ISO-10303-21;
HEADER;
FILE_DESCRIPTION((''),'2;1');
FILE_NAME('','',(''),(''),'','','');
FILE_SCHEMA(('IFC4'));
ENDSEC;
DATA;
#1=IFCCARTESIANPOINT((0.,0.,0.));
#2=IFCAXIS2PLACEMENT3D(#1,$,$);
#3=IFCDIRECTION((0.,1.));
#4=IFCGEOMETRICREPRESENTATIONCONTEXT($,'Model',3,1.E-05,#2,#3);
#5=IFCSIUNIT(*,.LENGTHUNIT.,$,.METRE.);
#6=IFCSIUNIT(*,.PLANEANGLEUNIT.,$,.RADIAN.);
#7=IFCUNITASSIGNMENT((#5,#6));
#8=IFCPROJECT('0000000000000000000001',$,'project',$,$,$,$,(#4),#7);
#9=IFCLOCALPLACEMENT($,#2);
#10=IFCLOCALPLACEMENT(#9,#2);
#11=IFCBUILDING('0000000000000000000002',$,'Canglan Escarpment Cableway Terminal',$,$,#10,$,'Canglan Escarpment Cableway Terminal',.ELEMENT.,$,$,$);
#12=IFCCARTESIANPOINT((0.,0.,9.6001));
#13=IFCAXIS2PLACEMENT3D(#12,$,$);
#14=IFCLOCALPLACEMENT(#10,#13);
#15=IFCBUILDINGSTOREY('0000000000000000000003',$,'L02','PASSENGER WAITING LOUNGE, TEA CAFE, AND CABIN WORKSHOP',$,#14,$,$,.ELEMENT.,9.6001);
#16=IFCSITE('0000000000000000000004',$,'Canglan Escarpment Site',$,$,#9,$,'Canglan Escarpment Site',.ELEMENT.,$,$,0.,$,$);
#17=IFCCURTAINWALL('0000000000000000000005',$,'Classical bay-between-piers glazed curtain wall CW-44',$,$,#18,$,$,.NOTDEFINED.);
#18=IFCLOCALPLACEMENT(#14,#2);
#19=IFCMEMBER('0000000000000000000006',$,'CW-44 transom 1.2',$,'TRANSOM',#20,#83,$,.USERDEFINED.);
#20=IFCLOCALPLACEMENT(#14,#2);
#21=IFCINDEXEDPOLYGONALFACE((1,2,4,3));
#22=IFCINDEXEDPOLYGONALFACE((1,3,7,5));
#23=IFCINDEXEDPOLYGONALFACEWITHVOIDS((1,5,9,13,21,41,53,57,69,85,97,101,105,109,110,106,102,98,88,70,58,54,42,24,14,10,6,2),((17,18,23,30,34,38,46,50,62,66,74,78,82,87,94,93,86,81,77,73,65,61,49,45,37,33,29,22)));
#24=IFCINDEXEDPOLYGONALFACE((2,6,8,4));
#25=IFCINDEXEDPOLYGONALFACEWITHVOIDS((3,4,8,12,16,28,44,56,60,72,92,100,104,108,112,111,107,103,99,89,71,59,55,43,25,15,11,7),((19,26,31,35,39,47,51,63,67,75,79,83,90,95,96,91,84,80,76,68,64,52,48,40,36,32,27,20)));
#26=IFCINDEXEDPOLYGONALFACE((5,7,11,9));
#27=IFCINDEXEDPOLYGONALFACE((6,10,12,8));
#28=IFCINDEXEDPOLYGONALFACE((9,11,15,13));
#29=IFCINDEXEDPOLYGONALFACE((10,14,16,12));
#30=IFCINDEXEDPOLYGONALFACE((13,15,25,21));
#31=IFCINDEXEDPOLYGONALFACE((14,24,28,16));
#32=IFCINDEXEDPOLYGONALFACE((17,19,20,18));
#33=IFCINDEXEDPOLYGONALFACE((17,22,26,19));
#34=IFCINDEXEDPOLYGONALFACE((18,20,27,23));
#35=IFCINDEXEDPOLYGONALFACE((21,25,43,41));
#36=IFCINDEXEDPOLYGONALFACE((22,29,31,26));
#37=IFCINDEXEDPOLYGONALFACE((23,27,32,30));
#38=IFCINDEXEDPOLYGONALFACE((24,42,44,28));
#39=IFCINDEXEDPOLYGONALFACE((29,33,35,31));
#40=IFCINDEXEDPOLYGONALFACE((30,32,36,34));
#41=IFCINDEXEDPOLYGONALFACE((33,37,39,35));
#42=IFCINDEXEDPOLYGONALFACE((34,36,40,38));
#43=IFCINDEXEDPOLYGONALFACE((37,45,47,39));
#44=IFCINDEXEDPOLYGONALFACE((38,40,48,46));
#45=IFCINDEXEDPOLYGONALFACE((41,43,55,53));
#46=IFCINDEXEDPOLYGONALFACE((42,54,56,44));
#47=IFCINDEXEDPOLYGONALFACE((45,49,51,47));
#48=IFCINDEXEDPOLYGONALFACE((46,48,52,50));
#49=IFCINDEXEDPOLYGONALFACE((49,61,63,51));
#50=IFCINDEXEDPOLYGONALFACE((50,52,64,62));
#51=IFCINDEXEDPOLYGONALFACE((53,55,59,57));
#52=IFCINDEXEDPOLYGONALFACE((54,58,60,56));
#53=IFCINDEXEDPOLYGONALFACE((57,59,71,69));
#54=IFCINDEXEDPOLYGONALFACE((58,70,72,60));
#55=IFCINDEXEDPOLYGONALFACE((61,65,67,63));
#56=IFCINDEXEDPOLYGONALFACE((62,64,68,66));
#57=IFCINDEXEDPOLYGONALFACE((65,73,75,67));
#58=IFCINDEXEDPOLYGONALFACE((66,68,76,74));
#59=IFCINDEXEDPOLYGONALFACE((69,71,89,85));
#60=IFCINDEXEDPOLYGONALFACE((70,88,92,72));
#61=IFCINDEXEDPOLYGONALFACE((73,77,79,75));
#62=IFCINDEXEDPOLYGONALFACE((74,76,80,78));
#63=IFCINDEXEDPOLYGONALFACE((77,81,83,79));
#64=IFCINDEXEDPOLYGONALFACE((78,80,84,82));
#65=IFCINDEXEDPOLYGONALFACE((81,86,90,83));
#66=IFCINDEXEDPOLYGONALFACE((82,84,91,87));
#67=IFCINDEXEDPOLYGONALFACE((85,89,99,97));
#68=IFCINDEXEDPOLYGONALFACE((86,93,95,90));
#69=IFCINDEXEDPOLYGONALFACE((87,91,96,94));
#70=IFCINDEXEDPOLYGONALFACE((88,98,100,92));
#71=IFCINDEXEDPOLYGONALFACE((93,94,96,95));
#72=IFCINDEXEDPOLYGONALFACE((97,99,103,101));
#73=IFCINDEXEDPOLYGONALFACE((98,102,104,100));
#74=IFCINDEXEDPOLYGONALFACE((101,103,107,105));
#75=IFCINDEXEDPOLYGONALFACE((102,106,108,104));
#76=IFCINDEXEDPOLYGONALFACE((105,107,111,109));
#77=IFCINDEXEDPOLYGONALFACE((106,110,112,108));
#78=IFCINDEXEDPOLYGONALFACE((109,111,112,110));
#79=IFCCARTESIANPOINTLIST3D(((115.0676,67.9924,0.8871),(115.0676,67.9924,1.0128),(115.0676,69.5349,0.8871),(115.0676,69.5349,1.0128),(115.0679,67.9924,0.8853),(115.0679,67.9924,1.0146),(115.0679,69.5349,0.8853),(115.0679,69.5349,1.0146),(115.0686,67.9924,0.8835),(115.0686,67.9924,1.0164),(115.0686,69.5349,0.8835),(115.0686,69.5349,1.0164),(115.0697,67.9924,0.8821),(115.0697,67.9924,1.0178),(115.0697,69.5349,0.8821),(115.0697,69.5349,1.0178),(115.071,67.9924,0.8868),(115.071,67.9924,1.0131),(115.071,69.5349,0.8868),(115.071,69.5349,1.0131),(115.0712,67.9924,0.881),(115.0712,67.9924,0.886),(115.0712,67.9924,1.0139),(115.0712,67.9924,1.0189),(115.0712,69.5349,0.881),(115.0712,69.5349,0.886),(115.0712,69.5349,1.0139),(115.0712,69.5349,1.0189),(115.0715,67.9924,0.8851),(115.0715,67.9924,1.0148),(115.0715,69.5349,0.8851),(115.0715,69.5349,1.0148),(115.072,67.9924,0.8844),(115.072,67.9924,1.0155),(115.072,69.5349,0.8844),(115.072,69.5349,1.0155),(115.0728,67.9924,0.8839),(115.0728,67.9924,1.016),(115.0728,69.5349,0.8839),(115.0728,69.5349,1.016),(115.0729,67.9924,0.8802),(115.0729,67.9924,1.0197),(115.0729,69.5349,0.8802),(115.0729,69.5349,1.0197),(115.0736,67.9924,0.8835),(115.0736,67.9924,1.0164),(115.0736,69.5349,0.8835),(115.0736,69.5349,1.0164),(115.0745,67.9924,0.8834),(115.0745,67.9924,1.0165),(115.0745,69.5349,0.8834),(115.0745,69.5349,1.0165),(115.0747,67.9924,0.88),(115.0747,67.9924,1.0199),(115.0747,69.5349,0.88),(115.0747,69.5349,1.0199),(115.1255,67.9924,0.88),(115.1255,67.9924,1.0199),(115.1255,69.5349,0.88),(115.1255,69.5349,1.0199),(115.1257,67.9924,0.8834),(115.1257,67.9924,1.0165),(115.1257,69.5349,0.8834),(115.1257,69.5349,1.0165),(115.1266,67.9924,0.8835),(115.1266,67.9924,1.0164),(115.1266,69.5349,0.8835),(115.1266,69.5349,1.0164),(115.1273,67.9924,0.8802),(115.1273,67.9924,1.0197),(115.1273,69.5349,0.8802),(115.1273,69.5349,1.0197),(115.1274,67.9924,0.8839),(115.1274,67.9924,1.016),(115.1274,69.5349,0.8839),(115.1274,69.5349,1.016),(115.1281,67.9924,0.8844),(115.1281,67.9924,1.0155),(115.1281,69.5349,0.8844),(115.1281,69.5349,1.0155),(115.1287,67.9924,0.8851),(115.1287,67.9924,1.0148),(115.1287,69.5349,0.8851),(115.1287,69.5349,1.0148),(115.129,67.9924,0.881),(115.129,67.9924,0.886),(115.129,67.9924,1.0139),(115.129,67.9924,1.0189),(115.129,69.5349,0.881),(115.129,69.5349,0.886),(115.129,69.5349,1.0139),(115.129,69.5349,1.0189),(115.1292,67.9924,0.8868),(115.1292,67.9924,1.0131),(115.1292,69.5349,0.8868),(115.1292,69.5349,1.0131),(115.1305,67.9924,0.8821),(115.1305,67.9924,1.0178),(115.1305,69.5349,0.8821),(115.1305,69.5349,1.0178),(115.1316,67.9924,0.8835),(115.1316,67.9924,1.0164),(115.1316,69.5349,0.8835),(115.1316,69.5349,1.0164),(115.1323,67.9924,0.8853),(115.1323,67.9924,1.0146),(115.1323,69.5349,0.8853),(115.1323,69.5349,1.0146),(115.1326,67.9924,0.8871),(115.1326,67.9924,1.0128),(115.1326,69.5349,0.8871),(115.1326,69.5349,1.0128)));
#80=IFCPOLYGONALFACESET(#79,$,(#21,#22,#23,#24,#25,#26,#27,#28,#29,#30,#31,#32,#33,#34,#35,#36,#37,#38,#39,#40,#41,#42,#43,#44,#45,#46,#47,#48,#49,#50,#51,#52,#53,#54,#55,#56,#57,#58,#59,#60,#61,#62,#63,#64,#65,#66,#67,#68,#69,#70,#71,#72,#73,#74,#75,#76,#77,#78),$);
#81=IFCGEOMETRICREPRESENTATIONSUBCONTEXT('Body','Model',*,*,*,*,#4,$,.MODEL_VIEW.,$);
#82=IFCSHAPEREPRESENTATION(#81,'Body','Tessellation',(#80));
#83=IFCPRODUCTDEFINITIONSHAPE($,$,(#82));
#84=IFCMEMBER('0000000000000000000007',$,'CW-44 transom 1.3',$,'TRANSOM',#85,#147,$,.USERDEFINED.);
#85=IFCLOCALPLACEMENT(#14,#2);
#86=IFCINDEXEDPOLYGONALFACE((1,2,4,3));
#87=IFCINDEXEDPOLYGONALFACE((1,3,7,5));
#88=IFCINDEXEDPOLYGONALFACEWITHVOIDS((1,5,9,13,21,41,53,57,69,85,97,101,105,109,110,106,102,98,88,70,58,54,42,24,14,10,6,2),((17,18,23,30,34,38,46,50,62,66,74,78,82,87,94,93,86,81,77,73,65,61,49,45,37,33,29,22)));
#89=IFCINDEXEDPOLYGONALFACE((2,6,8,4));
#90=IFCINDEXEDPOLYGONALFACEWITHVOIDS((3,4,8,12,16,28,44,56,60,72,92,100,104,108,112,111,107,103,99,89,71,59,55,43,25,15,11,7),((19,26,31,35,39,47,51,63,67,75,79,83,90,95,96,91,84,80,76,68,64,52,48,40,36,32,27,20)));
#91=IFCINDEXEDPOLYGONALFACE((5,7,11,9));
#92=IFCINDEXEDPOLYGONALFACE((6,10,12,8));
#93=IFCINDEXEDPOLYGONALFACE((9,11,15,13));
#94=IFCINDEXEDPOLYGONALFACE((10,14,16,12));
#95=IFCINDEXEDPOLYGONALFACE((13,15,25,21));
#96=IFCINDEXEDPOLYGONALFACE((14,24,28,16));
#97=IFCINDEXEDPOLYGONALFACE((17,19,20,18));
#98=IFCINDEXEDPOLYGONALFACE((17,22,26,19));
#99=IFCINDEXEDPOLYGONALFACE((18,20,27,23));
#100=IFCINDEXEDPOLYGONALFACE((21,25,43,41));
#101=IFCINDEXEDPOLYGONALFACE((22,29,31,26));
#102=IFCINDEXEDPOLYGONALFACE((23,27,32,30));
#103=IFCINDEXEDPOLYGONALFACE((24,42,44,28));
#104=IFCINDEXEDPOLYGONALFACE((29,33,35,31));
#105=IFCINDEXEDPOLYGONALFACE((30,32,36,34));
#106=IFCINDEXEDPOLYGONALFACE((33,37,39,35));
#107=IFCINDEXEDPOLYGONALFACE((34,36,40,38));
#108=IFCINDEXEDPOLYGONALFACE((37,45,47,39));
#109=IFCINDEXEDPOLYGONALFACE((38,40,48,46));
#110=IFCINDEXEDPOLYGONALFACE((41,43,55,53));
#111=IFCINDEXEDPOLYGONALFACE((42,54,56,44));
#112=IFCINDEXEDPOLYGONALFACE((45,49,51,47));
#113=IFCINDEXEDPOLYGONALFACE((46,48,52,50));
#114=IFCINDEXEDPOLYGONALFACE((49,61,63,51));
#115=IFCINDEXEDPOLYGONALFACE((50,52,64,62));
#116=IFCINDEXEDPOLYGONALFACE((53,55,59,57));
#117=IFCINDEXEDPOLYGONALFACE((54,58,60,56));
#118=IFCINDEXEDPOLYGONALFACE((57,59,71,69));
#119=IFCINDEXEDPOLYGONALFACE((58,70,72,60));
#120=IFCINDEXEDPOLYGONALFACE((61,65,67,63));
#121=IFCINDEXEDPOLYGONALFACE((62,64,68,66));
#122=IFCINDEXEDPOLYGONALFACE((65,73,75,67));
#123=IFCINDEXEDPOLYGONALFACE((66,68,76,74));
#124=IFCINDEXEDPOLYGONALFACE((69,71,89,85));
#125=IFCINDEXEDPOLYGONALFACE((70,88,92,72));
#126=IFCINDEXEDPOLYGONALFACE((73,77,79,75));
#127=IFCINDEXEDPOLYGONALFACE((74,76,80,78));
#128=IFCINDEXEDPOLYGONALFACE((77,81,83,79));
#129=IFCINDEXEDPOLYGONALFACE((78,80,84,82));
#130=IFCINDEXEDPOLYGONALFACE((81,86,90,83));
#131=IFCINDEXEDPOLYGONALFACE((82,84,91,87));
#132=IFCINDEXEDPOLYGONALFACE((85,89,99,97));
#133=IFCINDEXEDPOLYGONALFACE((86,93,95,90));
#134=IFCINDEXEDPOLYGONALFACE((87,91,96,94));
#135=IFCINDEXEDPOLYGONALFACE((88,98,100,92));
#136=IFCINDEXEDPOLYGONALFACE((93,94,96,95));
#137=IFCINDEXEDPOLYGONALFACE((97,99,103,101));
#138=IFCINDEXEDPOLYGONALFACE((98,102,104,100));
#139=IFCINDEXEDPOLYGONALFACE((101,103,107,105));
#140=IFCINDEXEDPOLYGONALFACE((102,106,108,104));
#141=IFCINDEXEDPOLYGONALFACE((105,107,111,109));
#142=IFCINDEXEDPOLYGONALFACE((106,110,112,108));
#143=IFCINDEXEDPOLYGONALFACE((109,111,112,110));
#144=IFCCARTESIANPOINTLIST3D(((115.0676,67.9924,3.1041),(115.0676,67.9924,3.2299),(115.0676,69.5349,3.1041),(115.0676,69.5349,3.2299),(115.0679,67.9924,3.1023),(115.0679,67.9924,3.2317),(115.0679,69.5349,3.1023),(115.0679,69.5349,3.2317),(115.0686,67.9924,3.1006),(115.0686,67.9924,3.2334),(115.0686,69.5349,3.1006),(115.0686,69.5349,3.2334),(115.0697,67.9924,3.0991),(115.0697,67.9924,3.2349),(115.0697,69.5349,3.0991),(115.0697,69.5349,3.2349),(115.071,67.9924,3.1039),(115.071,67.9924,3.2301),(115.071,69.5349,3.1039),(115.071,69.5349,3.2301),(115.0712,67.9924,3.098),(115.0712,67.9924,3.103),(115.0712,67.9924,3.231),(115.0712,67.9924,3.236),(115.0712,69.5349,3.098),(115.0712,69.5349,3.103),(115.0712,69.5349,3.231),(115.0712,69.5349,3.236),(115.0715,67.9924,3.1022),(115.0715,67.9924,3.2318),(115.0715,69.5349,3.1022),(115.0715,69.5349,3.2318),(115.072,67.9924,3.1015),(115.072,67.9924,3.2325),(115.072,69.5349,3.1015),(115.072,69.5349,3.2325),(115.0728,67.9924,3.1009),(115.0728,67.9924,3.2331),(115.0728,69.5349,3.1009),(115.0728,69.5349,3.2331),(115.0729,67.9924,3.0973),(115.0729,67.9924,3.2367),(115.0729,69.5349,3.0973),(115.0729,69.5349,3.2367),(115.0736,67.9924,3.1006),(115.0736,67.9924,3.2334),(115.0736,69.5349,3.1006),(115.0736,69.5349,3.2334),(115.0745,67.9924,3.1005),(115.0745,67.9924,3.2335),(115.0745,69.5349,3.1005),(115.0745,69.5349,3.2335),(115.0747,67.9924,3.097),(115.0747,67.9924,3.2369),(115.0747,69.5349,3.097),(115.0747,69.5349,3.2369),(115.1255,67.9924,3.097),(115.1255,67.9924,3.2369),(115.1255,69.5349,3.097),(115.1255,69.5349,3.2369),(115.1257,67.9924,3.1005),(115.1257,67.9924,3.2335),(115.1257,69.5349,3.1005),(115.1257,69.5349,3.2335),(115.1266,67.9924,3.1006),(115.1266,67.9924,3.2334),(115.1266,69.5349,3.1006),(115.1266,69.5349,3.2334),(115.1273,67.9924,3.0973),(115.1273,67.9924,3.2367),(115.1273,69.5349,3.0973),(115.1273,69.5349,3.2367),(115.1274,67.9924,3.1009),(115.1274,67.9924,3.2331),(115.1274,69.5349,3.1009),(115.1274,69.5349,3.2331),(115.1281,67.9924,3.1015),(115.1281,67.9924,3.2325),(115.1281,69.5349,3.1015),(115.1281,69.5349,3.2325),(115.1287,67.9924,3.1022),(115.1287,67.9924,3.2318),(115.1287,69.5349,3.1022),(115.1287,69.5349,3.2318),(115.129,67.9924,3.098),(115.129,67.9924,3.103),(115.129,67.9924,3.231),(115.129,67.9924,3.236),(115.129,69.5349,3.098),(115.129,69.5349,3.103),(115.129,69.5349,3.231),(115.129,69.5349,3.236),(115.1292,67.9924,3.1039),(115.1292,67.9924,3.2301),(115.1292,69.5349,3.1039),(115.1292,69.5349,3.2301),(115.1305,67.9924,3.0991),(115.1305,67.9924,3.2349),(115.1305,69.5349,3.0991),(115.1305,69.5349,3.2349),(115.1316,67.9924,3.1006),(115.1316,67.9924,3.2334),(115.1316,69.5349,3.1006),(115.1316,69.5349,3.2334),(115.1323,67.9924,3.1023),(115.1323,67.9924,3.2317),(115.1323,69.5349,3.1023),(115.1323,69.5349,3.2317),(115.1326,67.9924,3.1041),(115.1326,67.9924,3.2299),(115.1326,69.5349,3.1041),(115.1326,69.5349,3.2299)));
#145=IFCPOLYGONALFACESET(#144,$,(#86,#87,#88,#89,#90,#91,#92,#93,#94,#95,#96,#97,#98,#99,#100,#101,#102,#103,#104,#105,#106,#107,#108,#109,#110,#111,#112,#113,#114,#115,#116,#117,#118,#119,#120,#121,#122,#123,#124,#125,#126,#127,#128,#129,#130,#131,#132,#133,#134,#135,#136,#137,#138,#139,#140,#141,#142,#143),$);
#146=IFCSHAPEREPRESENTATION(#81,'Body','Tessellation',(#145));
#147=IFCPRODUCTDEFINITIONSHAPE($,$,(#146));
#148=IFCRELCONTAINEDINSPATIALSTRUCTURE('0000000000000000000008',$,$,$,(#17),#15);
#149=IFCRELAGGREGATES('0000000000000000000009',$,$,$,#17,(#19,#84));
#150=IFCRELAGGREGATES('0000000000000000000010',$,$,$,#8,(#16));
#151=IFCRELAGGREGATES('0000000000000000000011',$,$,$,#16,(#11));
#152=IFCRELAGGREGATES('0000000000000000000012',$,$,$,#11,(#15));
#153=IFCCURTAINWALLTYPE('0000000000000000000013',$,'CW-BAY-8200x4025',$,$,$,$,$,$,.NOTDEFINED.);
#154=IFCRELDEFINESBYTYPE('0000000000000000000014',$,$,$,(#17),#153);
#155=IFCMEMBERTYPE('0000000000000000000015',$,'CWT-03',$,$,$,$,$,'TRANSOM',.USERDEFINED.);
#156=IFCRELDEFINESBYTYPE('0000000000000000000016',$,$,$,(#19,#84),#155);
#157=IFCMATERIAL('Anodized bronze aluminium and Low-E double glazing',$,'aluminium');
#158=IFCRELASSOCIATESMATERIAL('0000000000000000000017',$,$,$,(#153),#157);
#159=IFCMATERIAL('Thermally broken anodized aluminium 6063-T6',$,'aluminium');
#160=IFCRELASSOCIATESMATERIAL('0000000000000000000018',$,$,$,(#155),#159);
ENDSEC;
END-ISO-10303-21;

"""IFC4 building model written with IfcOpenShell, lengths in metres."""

from ifc_helpers import new_model, si_unit, direction, frame, origin, origin_2d, place, context, subcontext, project, spatial, hollow_rectangle, extrude, material, material_profile, profile_set, type_object, element, aggregate, save


model = new_model("IFC4")

# Units and contexts
model_context = context("Model", 3, precision=1e-05, world=origin(), true_north=direction((0.0, 1.0)))
body_context = subcontext(model_context, "Body", "Model", "MODEL_VIEW")
ifc_project = project(units=[si_unit("LENGTHUNIT", "METRE"), si_unit("PLANEANGLEUNIT", "RADIAN")], contexts=[model_context])

# Site, building, storey
site_placement = place(None, origin())
site = spatial("IfcSite", under=ifc_project, at=site_placement, Name="Canglan Escarpment Site", LongName="Canglan Escarpment Site", CompositionType="ELEMENT", RefElevation=0.0)
building_placement = place(site_placement, origin())
building = spatial("IfcBuilding", under=site, at=building_placement, Name="Canglan Escarpment Cableway Terminal", LongName="Canglan Escarpment Cableway Terminal", CompositionType="ELEMENT")
storey_placement = place(building_placement, frame((0.0, 0.0, 9.6001)))
storey = spatial("IfcBuildingStorey", under=building, at=storey_placement, Name="L02", Description="PASSENGER WAITING LOUNGE, TEA CAFE, AND CABIN WORKSHOP", CompositionType="ELEMENT", Elevation=9.6001)

# Curtain wall, members
ifc_material_1 = material(Name="Anodized bronze aluminium and Low-E double glazing", Category="aluminium")
curtain_wall_type = type_object("IfcCurtainWallType", Name="CW-BAY-8200x4025", PredefinedType="NOTDEFINED", material=ifc_material_1)
curtain_wall_placement = place(storey_placement, origin())
curtain_wall = element("IfcCurtainWall", 1, at=curtain_wall_placement, inside=storey, type_object=curtain_wall_type, Name="Classical bay-between-piers glazed curtain wall CW-44", PredefinedType="NOTDEFINED")
ifc_material_2 = material(Name="Thermally broken anodized aluminium 6063-T6", Category="aluminium")
ifc_material_profile_1 = material_profile(ifc_material_2, hollow_rectangle(XDim=0.0649, YDim=0.1399, WallThickness=0.0034, InnerFilletRadius=0.0034, OuterFilletRadius=0.0071, at=origin_2d()), Name="ALU-TRAN 65x140x3.5")
ifc_profile_set_1 = profile_set([ifc_material_profile_1], Name="Thermally broken anodized aluminium 6063-T6")
member_type_1 = type_object("IfcMemberType", Name="CWT-03", ElementType="TRANSOM", PredefinedType="USERDEFINED", material=ifc_profile_set_1)
member_1_placement = place(storey_placement, frame((115.1001, 69.5349, 0.95), z_axis=(0.0, -1.0, 0.0), x_axis=(1.0, 0.0, 0.0)))
member_1 = element("IfcMember", 2, at=member_1_placement, type_object=member_type_1, Name="CW-44 transom 1.2", ObjectType="TRANSOM", PredefinedType="USERDEFINED", context=body_context, shape_type="SweptSolid", body=[
    extrude(hollow_rectangle(XDim=0.0649, YDim=0.1399, WallThickness=0.0034, InnerFilletRadius=0.0034, OuterFilletRadius=0.0071, at=origin_2d()), origin(), (0.0, 0.0, 1.0), 1.5425),
])
member_2_placement = place(storey_placement, frame((115.1001, 69.5349, 3.167), z_axis=(0.0, -1.0, 0.0), x_axis=(1.0, 0.0, 0.0)))
member_2 = element("IfcMember", 3, at=member_2_placement, type_object=member_type_1, Name="CW-44 transom 1.3", ObjectType="TRANSOM", PredefinedType="USERDEFINED", context=body_context, shape_type="SweptSolid", body=[
    extrude(hollow_rectangle(XDim=0.0649, YDim=0.1399, WallThickness=0.0034, InnerFilletRadius=0.0034, OuterFilletRadius=0.0071, at=origin_2d()), origin(), (0.0, 0.0, 1.0), 1.5425),
])

aggregate(curtain_wall, [member_1, member_2])

save(model, "model.ifc")
